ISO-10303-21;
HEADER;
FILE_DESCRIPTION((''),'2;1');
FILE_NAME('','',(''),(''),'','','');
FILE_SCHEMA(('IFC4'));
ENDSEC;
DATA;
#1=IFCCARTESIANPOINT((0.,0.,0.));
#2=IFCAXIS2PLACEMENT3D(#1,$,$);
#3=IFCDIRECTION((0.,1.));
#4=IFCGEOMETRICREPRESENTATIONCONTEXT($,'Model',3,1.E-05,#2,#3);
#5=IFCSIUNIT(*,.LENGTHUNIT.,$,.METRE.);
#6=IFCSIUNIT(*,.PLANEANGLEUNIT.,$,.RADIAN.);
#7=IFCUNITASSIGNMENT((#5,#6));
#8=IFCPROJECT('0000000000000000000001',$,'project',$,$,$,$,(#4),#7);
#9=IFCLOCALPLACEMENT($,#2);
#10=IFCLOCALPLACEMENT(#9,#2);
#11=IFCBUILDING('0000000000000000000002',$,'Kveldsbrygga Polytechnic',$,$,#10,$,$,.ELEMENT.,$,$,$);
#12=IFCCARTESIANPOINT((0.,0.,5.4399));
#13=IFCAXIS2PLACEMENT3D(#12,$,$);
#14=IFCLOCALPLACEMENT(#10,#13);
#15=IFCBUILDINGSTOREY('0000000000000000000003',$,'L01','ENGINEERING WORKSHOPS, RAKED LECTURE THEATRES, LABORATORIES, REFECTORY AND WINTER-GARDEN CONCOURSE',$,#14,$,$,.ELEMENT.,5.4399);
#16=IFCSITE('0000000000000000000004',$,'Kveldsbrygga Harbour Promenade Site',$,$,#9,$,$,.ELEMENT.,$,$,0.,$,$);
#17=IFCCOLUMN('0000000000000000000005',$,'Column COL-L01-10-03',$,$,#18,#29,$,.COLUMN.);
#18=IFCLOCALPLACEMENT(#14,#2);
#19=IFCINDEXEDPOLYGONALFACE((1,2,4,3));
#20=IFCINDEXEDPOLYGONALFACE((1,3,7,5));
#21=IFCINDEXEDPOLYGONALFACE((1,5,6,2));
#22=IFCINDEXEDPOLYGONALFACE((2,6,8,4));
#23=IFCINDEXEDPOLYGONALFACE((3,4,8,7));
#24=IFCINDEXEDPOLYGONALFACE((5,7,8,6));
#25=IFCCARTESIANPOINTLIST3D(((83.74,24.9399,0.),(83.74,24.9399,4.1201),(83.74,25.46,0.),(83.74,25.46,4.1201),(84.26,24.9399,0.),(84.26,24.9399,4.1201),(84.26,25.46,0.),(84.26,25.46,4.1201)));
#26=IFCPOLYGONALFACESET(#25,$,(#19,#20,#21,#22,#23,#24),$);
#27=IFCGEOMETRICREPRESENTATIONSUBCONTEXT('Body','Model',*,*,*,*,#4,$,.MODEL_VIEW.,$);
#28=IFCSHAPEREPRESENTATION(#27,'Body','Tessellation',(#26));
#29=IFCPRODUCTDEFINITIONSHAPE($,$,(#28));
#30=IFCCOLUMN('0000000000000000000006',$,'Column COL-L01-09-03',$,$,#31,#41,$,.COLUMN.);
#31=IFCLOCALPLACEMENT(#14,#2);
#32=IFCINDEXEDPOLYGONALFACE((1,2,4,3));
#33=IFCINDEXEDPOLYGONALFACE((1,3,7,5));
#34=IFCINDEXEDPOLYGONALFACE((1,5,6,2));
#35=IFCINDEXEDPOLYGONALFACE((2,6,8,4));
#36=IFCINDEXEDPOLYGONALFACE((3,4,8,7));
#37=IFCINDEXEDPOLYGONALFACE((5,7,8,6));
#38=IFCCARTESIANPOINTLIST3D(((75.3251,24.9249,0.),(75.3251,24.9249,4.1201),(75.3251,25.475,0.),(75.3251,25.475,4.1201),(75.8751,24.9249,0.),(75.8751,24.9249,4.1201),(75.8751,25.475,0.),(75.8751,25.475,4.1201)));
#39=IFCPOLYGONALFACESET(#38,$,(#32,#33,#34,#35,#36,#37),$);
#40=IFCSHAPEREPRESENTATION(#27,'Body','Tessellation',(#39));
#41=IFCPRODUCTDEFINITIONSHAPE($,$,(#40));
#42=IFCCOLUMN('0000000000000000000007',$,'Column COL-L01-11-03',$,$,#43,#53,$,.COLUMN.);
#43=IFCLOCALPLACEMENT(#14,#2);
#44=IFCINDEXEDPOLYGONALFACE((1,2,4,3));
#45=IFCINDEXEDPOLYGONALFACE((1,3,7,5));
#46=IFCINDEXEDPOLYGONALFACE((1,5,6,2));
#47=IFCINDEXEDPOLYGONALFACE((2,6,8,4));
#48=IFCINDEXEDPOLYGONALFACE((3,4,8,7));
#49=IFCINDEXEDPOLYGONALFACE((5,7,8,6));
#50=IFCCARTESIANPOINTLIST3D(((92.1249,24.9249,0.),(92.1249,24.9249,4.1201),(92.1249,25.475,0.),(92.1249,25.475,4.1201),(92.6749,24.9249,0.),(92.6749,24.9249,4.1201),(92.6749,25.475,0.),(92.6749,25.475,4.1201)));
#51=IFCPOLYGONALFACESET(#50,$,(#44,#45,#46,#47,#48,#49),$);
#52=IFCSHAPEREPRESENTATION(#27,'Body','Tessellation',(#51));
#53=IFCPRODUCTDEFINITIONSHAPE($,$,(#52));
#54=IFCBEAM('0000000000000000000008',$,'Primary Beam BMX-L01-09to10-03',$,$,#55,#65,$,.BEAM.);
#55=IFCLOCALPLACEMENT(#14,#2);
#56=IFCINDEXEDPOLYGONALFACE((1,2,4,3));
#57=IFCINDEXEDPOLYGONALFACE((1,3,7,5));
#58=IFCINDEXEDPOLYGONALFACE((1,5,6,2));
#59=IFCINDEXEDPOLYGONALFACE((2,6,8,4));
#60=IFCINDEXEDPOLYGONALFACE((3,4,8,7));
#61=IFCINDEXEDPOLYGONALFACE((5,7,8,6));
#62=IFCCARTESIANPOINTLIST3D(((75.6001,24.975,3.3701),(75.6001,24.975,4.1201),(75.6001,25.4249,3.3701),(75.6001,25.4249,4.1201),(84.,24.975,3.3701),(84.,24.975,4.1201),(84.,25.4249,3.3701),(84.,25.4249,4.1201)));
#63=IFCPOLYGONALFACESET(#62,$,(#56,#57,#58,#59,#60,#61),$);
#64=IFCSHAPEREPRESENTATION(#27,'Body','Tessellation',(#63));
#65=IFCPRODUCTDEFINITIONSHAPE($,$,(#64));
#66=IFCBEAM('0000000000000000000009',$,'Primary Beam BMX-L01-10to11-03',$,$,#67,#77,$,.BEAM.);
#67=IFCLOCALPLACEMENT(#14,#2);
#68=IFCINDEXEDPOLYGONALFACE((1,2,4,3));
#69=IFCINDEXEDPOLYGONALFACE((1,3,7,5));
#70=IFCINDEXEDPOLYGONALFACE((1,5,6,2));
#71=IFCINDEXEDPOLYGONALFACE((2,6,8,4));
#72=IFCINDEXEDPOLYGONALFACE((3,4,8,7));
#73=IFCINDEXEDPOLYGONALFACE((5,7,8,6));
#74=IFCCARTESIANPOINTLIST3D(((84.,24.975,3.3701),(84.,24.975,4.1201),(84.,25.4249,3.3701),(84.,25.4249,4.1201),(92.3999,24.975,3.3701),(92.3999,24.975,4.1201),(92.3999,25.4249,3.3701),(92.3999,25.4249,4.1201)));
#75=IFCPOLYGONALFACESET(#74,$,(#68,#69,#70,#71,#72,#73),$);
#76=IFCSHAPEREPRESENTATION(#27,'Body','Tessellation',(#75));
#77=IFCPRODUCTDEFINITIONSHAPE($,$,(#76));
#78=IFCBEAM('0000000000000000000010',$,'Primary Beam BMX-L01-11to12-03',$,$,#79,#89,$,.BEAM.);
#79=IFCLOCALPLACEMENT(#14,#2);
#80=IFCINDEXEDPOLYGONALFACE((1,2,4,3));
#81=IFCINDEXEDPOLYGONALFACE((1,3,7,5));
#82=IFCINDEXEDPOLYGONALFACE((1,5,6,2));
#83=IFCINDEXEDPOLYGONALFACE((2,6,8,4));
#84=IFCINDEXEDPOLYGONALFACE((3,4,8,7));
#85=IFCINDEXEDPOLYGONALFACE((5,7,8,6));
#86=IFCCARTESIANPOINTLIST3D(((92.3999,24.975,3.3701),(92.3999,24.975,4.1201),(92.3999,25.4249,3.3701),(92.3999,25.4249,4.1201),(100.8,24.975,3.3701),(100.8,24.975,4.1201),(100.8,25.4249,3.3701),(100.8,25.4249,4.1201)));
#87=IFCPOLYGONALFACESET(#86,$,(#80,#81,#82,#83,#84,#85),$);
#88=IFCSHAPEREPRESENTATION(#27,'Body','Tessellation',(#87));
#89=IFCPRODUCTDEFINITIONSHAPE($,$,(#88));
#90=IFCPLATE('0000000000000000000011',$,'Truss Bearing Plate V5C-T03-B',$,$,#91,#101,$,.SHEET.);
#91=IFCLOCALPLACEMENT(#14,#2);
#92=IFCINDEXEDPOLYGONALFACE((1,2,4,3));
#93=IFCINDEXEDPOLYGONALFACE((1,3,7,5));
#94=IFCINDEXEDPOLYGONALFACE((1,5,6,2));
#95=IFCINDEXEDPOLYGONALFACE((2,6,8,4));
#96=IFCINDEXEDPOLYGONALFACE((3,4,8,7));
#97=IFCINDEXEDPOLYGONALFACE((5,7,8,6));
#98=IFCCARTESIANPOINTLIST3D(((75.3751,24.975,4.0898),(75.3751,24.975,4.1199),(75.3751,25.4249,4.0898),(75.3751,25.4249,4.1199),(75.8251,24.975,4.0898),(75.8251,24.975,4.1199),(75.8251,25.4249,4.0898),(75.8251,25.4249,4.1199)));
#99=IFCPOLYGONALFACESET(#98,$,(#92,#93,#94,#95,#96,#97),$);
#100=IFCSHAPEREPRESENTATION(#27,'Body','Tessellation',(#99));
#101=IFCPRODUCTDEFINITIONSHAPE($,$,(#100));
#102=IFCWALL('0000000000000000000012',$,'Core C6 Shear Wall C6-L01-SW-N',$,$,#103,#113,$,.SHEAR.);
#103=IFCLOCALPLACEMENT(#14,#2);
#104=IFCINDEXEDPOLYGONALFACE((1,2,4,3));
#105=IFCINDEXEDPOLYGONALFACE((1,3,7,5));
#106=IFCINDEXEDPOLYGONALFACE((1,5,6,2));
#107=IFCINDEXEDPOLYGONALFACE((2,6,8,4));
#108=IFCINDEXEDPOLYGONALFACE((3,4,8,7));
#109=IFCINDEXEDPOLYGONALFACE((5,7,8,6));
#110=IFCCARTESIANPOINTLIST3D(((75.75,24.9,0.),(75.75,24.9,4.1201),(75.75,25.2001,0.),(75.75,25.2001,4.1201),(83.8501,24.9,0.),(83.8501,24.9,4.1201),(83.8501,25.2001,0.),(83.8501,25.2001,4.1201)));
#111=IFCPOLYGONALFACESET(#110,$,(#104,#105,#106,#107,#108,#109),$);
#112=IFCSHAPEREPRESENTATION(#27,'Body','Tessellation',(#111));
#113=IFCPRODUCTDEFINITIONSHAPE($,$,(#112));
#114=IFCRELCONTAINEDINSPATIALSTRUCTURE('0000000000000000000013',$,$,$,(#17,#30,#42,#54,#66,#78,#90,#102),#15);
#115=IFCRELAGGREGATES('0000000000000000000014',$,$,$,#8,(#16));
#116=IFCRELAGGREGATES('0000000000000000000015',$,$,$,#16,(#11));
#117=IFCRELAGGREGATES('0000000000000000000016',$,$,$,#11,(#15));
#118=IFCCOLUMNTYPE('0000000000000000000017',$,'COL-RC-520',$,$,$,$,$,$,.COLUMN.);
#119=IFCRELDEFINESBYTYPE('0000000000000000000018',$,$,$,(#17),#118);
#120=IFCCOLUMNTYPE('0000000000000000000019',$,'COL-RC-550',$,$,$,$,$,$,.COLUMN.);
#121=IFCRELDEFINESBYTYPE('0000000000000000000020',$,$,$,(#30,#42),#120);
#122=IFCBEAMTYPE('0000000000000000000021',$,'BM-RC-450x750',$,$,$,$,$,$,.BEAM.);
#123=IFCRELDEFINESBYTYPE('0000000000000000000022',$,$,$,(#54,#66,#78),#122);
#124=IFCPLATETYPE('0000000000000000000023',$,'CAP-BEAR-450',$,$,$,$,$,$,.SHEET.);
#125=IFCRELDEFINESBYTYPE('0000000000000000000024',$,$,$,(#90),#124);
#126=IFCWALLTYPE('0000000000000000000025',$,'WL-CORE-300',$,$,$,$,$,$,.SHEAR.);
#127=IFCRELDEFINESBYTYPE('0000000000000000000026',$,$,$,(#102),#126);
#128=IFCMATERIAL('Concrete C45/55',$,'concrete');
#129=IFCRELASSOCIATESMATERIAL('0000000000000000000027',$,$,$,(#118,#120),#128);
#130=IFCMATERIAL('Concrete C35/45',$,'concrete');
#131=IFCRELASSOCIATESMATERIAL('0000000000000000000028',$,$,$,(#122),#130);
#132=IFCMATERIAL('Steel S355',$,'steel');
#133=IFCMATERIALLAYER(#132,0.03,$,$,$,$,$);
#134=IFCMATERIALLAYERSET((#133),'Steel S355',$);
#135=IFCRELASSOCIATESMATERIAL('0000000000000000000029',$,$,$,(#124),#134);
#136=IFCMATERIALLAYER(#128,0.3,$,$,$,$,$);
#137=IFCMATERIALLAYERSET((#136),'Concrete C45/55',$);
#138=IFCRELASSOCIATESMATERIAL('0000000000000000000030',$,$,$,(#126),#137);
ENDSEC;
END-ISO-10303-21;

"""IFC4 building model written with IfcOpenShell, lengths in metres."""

from ifc_helpers import new_model, si_unit, direction, frame, frame_2d, origin, origin_2d, place, context, subcontext, project, spatial, rectangle, extrude, material, layer, layer_set, material_profile, profile_set, type_object, element, save


model = new_model("IFC4")

# Units and contexts
model_context = context("Model", 3, precision=1e-05, world=origin(), true_north=direction((0.0, 1.0)))
body_context = subcontext(model_context, "Body", "Model", "MODEL_VIEW")
ifc_project = project(units=[si_unit("LENGTHUNIT", "METRE"), si_unit("PLANEANGLEUNIT", "RADIAN")], contexts=[model_context])

# Site, building, storey
site_placement = place(None, origin())
site = spatial("IfcSite", under=ifc_project, at=site_placement, Name="Kveldsbrygga Harbour Promenade Site", CompositionType="ELEMENT", RefElevation=0.0)
building_placement = place(site_placement, origin())
building = spatial("IfcBuilding", under=site, at=building_placement, Name="Kveldsbrygga Polytechnic", CompositionType="ELEMENT")
storey_placement = place(building_placement, frame((0.0, 0.0, 5.4399)))
storey = spatial("IfcBuildingStorey", under=building, at=storey_placement, Name="L01", Description="ENGINEERING WORKSHOPS, RAKED LECTURE THEATRES, LABORATORIES, REFECTORY AND WINTER-GARDEN CONCOURSE", CompositionType="ELEMENT", Elevation=5.4399)

# Columns
ifc_material_1 = material(Name="Concrete C45/55", Category="concrete")
ifc_material_profile_1 = material_profile(ifc_material_1, rectangle(XDim=0.52, YDim=0.52, at=origin_2d()), Name="RC 520x520")
ifc_profile_set_1 = profile_set([ifc_material_profile_1], Name="Concrete C45/55")
column_type_1 = type_object("IfcColumnType", Name="COL-RC-520", PredefinedType="COLUMN", material=ifc_profile_set_1)
column_placement = place(storey_placement, frame((84.0, 25.2, 0.0), z_axis=(0.0, 0.0, 1.0), x_axis=(1.0, 0.0, 0.0)))
element("IfcColumn", 1, at=column_placement, inside=storey, type_object=column_type_1, Name="Column COL-L01-10-03", PredefinedType="COLUMN", context=body_context, shape_type="SweptSolid", body=[
    extrude(rectangle(XDim=0.52, YDim=0.52, at=origin_2d()), origin(), (0.0, 0.0, 1.0), 4.1201),
])
ifc_material_profile_2 = material_profile(ifc_material_1, rectangle(XDim=0.55, YDim=0.55, at=origin_2d()), Name="RC 550x550")
ifc_profile_set_2 = profile_set([ifc_material_profile_2], Name="Concrete C45/55")
column_type_2 = type_object("IfcColumnType", Name="COL-RC-550", PredefinedType="COLUMN", material=ifc_profile_set_2)
for number, where, z_axis, x_axis, name in (
    (2, (75.6001, 25.2, 0.0), (0.0, 0.0, 1.0), (1.0, 0.0, 0.0), "Column COL-L01-09-03"),
    (3, (92.3999, 25.2, 0.0), (0.0, 0.0, 1.0), (1.0, 0.0, 0.0), "Column COL-L01-11-03"),
):
    element("IfcColumn", number, at=place(storey_placement, frame(where, z_axis=z_axis, x_axis=x_axis)), inside=storey, type_object=column_type_2, Name=name, PredefinedType="COLUMN", context=body_context, shape_type="SweptSolid", body=[
        extrude(rectangle(XDim=0.55, YDim=0.55, at=origin_2d()), origin(), (0.0, 0.0, 1.0), 4.1201),
    ])

# Beams
ifc_material_2 = material(Name="Concrete C35/45", Category="concrete")
ifc_material_profile_3 = material_profile(ifc_material_2, rectangle(XDim=0.45, YDim=0.75, at=origin_2d()), Name="RC 450x750")
ifc_profile_set_3 = profile_set([ifc_material_profile_3], Name="Concrete C35/45")
beam_type = type_object("IfcBeamType", Name="BM-RC-450x750", PredefinedType="BEAM", material=ifc_profile_set_3)
for number, where, z_axis, x_axis, name in (
    (4, (75.6001, 25.2, 3.7451), (1.0, 0.0, 0.0), (0.0, 1.0, 0.0), "Primary Beam BMX-L01-09to10-03"),
    (5, (84.0, 25.2, 3.7451), (1.0, 0.0, 0.0), (0.0, 1.0, 0.0), "Primary Beam BMX-L01-10to11-03"),
):
    element("IfcBeam", number, at=place(storey_placement, frame(where, z_axis=z_axis, x_axis=x_axis)), inside=storey, type_object=beam_type, Name=name, PredefinedType="BEAM", context=body_context, shape_type="SweptSolid", body=[
        extrude(rectangle(XDim=0.45, YDim=0.75, at=origin_2d()), origin(), (0.0, 0.0, 1.0), 8.3999),
    ])
beam_placement = place(storey_placement, frame((92.3999, 25.2, 3.7451), z_axis=(1.0, 0.0, 0.0), x_axis=(0.0, 1.0, 0.0)))
element("IfcBeam", 6, at=beam_placement, inside=storey, type_object=beam_type, Name="Primary Beam BMX-L01-11to12-03", PredefinedType="BEAM", context=body_context, shape_type="SweptSolid", body=[
    extrude(rectangle(XDim=0.45, YDim=0.75, at=origin_2d()), origin(), (0.0, 0.0, 1.0), 8.4001),
])

# Plate
ifc_material_3 = material(Name="Steel S355", Category="steel")
ifc_layer_1 = layer(ifc_material_3, 0.03)
ifc_layer_set_1 = layer_set([ifc_layer_1], Name="Steel S355")
plate_type = type_object("IfcPlateType", Name="CAP-BEAR-450", PredefinedType="SHEET", material=ifc_layer_set_1)
plate_placement = place(storey_placement, frame((75.6001, 25.2, 4.0898), z_axis=(0.0, 0.0, 1.0), x_axis=(1.0, 0.0, 0.0)))
element("IfcPlate", 7, at=plate_placement, inside=storey, type_object=plate_type, Name="Truss Bearing Plate V5C-T03-B", PredefinedType="SHEET", context=body_context, shape_type="SweptSolid", body=[
    extrude(rectangle(XDim=0.45, YDim=0.45, at=origin_2d()), origin(), (0.0, 0.0, 1.0), 0.03),
])

# Wall
ifc_layer_2 = layer(ifc_material_1, 0.3)
ifc_layer_set_2 = layer_set([ifc_layer_2], Name="Concrete C45/55")
wall_type_1 = type_object("IfcWallType", Name="WL-CORE-300", PredefinedType="SHEAR", material=ifc_layer_set_2)
wall_1_placement = place(storey_placement, frame((75.75, 25.05, 0.0), z_axis=(0.0, 0.0, 1.0), x_axis=(1.0, 0.0, 0.0)))
element("IfcWall", 8, at=wall_1_placement, inside=storey, type_object=wall_type_1, Name="Core C6 Shear Wall C6-L01-SW-N", PredefinedType="SHEAR", context=body_context, shape_type="SweptSolid", body=[
    extrude(rectangle(XDim=8.1001, YDim=0.3, at=frame_2d((4.05, 0.0))), origin(), (0.0, 0.0, 1.0), 4.1201),
])

save(model, "model.ifc")
